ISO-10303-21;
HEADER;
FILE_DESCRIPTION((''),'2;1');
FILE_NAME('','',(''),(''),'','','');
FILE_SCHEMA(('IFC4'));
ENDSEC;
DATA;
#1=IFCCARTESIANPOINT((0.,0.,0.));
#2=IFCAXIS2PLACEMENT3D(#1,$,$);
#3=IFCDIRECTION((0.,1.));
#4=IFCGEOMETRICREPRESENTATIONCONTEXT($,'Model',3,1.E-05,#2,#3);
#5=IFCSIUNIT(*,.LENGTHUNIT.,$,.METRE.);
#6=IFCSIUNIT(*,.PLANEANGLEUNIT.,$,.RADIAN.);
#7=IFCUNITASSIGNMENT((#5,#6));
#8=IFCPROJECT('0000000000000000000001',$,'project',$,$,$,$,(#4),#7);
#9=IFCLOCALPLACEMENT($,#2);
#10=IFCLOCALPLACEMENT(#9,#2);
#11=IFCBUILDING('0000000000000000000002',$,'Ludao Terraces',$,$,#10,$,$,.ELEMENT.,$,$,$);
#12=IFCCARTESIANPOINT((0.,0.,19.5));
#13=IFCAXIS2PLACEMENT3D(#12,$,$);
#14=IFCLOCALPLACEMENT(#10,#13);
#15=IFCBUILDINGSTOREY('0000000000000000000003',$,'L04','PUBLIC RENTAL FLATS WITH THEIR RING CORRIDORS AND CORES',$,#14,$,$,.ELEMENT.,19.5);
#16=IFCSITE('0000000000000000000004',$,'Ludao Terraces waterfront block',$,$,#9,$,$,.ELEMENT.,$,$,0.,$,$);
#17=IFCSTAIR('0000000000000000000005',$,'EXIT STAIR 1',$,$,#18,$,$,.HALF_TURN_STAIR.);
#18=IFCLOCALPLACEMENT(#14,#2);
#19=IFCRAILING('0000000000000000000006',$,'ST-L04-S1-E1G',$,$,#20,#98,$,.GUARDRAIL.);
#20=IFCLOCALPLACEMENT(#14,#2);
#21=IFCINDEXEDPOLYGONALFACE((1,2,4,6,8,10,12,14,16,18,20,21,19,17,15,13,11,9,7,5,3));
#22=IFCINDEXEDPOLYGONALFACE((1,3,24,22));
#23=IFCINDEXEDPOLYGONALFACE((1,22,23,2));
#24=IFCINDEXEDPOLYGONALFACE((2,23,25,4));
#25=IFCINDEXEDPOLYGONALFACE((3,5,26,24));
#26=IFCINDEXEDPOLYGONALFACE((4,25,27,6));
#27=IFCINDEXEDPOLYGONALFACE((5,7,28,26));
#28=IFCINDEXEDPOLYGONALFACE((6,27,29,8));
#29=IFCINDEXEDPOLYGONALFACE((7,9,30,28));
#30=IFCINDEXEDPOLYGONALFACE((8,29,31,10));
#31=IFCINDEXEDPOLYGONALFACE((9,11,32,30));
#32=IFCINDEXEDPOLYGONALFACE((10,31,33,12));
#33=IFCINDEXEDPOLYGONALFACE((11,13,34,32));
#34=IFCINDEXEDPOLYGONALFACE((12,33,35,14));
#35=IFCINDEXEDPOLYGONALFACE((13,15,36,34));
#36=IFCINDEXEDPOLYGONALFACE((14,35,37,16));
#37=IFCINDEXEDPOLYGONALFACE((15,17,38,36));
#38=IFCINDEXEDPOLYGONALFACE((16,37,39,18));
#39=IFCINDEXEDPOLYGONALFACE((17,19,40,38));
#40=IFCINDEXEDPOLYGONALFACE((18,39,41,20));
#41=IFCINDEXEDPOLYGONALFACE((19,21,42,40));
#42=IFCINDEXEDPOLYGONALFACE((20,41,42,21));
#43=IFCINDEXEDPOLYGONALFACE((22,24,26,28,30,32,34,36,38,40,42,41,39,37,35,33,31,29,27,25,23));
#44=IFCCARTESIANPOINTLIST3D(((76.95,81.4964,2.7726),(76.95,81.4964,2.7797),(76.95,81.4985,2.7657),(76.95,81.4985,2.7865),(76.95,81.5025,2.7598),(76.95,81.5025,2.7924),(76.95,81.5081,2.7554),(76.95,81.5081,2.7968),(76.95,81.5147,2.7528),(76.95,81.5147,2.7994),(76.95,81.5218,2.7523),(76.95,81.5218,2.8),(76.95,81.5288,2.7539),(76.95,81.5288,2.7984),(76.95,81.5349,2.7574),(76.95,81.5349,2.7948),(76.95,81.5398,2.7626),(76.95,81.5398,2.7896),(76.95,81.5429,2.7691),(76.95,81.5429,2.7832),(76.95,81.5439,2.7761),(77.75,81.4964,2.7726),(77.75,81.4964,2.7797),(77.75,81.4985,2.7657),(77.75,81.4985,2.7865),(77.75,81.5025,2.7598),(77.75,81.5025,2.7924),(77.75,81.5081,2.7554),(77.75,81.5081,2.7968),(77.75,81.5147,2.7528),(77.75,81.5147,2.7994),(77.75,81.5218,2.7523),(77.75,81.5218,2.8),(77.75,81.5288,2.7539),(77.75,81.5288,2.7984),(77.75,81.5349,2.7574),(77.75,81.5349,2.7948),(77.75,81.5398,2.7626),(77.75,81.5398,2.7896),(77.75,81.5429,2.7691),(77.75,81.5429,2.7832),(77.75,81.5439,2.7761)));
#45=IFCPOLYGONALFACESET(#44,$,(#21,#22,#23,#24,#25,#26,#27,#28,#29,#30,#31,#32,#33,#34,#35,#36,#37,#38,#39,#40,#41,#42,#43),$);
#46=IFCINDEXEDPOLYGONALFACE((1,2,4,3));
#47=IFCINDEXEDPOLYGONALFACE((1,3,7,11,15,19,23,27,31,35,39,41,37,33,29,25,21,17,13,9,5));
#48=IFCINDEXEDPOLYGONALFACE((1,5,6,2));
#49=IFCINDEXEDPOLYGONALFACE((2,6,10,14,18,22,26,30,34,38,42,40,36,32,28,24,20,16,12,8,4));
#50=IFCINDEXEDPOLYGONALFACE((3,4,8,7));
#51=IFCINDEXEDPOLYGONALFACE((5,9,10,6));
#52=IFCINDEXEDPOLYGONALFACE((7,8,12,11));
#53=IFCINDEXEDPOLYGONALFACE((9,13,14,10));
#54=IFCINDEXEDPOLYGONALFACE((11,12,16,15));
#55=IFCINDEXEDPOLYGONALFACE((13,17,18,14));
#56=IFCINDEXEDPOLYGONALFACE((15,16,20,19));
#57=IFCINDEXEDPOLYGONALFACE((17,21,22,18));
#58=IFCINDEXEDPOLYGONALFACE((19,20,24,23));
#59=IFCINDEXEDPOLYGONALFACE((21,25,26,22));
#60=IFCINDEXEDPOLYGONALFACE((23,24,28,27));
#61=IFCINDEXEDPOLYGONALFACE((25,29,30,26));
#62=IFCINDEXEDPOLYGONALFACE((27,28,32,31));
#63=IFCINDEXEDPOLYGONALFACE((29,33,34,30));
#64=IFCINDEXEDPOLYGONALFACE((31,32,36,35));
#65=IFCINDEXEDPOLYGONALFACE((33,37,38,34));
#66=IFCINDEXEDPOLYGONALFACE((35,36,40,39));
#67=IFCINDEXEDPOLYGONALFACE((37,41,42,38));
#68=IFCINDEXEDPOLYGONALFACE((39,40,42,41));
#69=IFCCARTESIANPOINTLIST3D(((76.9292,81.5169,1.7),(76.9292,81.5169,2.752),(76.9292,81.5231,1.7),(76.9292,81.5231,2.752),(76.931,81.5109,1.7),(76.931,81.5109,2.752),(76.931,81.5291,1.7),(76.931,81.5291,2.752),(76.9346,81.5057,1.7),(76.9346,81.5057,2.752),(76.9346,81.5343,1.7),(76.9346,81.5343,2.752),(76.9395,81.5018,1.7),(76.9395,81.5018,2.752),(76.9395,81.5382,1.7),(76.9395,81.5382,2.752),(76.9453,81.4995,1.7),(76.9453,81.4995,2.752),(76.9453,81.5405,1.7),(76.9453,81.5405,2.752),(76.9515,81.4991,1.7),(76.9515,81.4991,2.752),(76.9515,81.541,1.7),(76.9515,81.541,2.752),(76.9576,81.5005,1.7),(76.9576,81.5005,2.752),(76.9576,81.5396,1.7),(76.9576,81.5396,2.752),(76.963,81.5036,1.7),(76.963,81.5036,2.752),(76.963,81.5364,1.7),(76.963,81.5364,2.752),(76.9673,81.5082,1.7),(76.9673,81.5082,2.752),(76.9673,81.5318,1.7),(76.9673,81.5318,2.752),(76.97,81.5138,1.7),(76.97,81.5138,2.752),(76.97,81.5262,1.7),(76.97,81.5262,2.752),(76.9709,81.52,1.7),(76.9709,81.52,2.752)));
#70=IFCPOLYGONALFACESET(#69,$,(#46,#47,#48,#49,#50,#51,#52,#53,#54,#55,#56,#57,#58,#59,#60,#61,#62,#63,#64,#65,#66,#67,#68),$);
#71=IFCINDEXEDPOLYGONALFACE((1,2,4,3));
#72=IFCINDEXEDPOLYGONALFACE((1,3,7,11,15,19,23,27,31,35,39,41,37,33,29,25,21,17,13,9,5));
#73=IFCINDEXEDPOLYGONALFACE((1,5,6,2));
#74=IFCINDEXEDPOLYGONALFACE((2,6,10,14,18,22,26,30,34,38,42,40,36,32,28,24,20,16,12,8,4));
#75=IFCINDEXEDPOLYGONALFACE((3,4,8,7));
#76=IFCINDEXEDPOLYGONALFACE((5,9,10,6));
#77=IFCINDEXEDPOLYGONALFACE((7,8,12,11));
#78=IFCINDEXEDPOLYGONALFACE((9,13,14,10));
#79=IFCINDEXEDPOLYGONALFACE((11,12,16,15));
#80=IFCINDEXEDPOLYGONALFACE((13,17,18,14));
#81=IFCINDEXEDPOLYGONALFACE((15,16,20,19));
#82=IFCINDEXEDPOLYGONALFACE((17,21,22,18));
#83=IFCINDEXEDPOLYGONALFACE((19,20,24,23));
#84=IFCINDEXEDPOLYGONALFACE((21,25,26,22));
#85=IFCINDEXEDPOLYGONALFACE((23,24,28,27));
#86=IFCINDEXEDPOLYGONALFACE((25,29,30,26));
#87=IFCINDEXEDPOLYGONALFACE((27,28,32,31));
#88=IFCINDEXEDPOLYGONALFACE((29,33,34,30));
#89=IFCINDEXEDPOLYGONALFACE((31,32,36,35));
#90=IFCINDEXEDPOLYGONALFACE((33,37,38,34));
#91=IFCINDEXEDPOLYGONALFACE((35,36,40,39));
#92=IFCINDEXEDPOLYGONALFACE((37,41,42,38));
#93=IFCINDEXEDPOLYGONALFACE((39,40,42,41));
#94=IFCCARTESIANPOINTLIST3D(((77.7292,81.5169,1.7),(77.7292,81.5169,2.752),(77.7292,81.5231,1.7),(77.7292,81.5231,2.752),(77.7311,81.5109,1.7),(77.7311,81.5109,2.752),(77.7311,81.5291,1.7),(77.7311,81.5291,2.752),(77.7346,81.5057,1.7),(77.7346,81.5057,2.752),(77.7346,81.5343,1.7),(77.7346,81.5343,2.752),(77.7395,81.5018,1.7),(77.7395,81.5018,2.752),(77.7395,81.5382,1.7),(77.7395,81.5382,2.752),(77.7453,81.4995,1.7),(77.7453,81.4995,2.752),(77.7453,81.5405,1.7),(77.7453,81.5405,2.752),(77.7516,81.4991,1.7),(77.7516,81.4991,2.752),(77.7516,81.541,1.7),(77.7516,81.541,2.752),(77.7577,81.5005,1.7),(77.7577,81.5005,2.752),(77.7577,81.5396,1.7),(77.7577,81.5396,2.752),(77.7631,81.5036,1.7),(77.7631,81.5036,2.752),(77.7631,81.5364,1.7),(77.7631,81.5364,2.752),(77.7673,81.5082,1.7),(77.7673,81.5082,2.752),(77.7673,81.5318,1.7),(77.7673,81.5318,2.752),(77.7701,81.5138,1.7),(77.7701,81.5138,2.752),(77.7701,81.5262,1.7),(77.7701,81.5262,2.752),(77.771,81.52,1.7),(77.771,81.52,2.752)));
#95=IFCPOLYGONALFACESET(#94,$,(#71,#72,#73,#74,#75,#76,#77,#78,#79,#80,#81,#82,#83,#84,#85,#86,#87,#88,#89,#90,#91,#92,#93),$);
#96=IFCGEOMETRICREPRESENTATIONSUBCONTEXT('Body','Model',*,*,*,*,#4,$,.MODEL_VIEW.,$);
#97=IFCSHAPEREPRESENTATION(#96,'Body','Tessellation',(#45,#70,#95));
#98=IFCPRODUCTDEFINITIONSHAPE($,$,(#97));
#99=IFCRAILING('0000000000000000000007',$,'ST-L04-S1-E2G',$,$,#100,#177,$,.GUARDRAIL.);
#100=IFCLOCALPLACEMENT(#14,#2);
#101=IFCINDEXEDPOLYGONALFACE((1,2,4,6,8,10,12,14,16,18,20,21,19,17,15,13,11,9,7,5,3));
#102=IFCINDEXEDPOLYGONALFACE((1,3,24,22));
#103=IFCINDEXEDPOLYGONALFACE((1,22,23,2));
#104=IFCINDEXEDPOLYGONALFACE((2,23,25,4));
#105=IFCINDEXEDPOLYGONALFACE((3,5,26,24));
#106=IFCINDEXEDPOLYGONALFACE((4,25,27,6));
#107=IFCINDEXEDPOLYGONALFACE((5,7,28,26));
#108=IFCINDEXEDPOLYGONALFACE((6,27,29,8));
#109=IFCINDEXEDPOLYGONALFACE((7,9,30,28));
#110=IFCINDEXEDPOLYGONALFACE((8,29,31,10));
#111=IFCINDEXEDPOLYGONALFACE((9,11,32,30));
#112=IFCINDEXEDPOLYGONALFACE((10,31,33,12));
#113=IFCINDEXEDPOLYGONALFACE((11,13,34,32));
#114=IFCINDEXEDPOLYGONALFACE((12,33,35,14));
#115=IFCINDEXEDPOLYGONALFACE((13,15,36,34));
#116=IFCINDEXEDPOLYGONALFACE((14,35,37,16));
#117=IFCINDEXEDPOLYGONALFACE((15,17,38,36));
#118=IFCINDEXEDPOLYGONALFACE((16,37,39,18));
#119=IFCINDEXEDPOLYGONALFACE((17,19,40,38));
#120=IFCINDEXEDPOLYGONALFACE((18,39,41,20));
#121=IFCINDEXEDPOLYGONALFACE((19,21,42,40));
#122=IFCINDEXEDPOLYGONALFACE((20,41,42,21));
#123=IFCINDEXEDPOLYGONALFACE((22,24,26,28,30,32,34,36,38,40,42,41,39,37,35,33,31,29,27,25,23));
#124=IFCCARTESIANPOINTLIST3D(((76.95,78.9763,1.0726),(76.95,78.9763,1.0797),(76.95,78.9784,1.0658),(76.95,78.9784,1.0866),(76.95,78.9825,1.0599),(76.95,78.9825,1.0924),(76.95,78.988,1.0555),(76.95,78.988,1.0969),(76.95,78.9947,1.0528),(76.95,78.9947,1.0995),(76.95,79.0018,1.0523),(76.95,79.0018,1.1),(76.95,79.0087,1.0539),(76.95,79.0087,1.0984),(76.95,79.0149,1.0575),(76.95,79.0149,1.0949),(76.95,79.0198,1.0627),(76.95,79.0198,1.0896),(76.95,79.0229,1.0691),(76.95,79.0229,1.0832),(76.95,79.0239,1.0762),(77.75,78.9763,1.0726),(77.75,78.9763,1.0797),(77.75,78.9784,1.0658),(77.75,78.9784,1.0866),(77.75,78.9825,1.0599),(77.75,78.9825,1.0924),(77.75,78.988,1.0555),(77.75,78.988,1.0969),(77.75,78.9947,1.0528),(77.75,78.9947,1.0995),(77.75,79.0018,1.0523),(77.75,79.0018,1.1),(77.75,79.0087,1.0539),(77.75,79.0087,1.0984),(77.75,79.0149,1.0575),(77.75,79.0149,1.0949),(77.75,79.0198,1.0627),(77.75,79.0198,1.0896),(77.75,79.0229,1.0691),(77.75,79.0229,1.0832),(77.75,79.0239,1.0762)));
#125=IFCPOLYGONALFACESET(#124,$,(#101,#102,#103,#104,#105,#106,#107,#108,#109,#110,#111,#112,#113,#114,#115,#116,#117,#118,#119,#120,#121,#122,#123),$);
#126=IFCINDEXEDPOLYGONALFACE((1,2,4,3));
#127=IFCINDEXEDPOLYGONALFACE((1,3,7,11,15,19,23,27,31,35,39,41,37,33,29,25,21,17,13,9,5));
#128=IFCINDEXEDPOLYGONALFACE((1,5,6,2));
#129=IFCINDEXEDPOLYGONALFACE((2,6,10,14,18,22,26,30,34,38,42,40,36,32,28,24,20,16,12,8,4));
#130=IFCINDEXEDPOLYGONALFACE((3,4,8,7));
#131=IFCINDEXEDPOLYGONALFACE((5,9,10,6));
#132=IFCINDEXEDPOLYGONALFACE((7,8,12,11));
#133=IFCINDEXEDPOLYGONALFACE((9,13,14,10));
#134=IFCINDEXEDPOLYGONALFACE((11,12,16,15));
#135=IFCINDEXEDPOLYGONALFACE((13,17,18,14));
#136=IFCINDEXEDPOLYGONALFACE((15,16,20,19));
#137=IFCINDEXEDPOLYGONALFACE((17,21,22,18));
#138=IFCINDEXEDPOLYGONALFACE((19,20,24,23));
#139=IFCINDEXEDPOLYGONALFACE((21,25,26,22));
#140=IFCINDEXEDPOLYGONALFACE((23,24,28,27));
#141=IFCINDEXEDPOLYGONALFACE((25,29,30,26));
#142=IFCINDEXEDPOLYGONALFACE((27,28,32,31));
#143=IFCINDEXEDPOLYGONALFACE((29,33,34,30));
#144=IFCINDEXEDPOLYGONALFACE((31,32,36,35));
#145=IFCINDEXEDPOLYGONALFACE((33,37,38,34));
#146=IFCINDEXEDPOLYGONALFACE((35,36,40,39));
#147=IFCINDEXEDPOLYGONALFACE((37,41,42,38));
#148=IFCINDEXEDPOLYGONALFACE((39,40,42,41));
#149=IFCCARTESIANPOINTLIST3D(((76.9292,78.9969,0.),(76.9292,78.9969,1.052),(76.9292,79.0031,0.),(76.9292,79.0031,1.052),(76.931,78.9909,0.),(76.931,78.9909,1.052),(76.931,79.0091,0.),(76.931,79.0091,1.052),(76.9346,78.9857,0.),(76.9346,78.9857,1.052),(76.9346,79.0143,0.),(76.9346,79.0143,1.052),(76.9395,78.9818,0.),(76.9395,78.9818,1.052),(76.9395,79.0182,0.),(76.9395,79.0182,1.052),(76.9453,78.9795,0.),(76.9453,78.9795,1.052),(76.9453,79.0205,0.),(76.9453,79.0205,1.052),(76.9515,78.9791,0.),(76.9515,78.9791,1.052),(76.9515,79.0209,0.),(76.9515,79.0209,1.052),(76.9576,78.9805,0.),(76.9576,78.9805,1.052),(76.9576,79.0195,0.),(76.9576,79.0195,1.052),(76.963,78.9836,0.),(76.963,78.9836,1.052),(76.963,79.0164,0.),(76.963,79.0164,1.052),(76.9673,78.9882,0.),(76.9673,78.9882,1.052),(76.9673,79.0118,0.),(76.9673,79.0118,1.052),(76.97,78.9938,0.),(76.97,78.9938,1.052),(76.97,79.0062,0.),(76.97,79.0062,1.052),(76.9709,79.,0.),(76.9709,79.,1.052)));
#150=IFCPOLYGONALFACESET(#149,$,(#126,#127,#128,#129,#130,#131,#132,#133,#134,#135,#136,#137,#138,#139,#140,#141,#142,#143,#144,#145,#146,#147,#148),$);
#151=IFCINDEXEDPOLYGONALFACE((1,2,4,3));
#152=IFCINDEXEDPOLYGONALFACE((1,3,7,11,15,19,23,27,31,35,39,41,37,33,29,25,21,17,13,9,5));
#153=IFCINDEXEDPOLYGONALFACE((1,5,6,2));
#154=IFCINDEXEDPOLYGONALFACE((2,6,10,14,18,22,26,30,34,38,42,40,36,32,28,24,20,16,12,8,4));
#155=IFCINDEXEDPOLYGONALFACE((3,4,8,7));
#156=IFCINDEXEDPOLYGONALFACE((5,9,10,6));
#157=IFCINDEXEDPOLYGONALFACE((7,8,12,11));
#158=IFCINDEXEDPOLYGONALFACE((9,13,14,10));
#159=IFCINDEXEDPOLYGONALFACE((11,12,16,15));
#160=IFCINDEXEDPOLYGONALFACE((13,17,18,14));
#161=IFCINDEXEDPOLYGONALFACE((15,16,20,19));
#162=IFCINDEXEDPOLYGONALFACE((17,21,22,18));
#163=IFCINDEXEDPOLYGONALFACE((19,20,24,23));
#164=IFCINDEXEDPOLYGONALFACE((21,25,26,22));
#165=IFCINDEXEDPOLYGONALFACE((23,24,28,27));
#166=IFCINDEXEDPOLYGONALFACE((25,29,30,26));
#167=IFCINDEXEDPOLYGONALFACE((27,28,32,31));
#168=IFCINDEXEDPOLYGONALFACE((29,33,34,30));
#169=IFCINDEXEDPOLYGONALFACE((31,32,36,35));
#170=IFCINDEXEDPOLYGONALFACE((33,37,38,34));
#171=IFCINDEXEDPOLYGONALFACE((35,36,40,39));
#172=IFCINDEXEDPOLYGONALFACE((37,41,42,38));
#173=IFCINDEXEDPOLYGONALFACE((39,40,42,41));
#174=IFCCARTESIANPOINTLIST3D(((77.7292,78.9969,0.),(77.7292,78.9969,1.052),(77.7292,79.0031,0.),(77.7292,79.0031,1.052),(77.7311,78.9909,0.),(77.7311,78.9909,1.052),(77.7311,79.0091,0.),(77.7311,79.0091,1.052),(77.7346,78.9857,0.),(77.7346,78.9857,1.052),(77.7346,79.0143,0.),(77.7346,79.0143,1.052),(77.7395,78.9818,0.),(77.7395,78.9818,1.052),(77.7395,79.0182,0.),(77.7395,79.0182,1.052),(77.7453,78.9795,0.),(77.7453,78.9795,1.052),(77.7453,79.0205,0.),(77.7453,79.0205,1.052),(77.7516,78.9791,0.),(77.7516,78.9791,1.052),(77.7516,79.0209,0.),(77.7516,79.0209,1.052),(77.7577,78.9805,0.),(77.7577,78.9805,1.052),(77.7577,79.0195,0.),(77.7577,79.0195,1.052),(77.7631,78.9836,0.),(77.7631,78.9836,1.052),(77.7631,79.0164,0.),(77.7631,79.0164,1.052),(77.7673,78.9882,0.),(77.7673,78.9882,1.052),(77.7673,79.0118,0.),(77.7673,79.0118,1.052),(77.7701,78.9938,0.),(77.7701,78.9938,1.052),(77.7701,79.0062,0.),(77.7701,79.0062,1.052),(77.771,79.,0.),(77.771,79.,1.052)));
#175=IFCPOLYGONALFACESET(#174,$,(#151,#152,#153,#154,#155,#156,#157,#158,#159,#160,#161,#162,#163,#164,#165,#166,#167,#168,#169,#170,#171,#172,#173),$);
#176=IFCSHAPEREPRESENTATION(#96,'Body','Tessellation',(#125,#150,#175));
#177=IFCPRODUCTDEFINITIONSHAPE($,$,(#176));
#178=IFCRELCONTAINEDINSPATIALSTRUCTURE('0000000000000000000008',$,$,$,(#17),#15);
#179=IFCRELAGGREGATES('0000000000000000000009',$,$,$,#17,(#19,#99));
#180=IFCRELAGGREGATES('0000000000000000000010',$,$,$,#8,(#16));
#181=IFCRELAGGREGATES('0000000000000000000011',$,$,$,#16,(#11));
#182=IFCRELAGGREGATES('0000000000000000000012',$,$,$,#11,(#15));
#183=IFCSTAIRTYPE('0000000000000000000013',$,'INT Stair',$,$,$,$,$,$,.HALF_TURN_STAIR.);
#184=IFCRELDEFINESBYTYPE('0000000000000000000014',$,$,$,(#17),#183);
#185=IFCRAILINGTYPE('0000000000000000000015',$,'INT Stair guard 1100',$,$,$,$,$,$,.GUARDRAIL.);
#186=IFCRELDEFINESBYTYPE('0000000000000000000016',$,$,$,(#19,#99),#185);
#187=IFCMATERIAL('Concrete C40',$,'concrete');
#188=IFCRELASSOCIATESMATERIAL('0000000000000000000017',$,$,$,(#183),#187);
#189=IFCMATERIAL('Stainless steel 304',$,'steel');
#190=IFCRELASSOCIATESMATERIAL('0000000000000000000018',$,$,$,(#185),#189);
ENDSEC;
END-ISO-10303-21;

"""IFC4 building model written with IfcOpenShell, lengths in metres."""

from ifc_helpers import new_model, si_unit, direction, frame, origin, origin_2d, place, context, subcontext, project, spatial, circle, extrude, material, type_object, element, aggregate, save


model = new_model("IFC4")

# Units and contexts
model_context = context("Model", 3, precision=1e-05, world=origin(), true_north=direction((0.0, 1.0)))
body_context = subcontext(model_context, "Body", "Model", "MODEL_VIEW")
ifc_project = project(units=[si_unit("LENGTHUNIT", "METRE"), si_unit("PLANEANGLEUNIT", "RADIAN")], contexts=[model_context])

# Site, building, storey
site_placement = place(None, origin())
site = spatial("IfcSite", under=ifc_project, at=site_placement, Name="Ludao Terraces waterfront block", CompositionType="ELEMENT", RefElevation=0.0)
building_placement = place(site_placement, origin())
building = spatial("IfcBuilding", under=site, at=building_placement, Name="Ludao Terraces", CompositionType="ELEMENT")
storey_placement = place(building_placement, frame((0.0, 0.0, 19.5)))
storey = spatial("IfcBuildingStorey", under=building, at=storey_placement, Name="L04", Description="PUBLIC RENTAL FLATS WITH THEIR RING CORRIDORS AND CORES", CompositionType="ELEMENT", Elevation=19.5)

# Stair, railings
ifc_material_1 = material(Name="Concrete C40", Category="concrete")
stair_type = type_object("IfcStairType", Name="INT Stair", PredefinedType="HALF_TURN_STAIR", material=ifc_material_1)
stair_placement = place(storey_placement, origin())
stair = element("IfcStair", 1, at=stair_placement, inside=storey, type_object=stair_type, Name="EXIT STAIR 1", PredefinedType="HALF_TURN_STAIR")
ifc_material_2 = material(Name="Stainless steel 304", Category="steel")
railing_type_1 = type_object("IfcRailingType", Name="INT Stair guard 1100", PredefinedType="GUARDRAIL", material=ifc_material_2)
railing_1_placement = place(storey_placement, frame((76.95, 81.52, 1.7)))
railing_1 = element("IfcRailing", 2, at=railing_1_placement, type_object=railing_type_1, Name="ST-L04-S1-E1G", PredefinedType="GUARDRAIL", context=body_context, shape_type="SweptSolid", body=[
    extrude(circle(Radius=0.0239, at=origin_2d()), frame((0.0, 0.0, 1.0762), z_axis=(1.0, 0.0, 0.0), x_axis=(0.0, 1.0, 0.0)), (0.0, 0.0, 1.0), 0.8),
    extrude(circle(Radius=0.021, at=origin_2d()), origin(), (0.0, 0.0, 1.0), 1.052),
    extrude(circle(Radius=0.021, at=origin_2d()), frame((0.8, 0.0, 0.0)), (0.0, 0.0, 1.0), 1.052),
])
railing_2_placement = place(storey_placement, frame((76.95, 79.0, 0.0)))
railing_2 = element("IfcRailing", 3, at=railing_2_placement, type_object=railing_type_1, Name="ST-L04-S1-E2G", PredefinedType="GUARDRAIL", context=body_context, shape_type="SweptSolid", body=[
    extrude(circle(Radius=0.0239, at=origin_2d()), frame((0.0, 0.0, 1.0762), z_axis=(1.0, 0.0, 0.0), x_axis=(0.0, 1.0, 0.0)), (0.0, 0.0, 1.0), 0.8),
    extrude(circle(Radius=0.021, at=origin_2d()), origin(), (0.0, 0.0, 1.0), 1.052),
    extrude(circle(Radius=0.021, at=origin_2d()), frame((0.8, 0.0, 0.0)), (0.0, 0.0, 1.0), 1.052),
])
aggregate(stair, [railing_1, railing_2])

save(model, "model.ifc")
